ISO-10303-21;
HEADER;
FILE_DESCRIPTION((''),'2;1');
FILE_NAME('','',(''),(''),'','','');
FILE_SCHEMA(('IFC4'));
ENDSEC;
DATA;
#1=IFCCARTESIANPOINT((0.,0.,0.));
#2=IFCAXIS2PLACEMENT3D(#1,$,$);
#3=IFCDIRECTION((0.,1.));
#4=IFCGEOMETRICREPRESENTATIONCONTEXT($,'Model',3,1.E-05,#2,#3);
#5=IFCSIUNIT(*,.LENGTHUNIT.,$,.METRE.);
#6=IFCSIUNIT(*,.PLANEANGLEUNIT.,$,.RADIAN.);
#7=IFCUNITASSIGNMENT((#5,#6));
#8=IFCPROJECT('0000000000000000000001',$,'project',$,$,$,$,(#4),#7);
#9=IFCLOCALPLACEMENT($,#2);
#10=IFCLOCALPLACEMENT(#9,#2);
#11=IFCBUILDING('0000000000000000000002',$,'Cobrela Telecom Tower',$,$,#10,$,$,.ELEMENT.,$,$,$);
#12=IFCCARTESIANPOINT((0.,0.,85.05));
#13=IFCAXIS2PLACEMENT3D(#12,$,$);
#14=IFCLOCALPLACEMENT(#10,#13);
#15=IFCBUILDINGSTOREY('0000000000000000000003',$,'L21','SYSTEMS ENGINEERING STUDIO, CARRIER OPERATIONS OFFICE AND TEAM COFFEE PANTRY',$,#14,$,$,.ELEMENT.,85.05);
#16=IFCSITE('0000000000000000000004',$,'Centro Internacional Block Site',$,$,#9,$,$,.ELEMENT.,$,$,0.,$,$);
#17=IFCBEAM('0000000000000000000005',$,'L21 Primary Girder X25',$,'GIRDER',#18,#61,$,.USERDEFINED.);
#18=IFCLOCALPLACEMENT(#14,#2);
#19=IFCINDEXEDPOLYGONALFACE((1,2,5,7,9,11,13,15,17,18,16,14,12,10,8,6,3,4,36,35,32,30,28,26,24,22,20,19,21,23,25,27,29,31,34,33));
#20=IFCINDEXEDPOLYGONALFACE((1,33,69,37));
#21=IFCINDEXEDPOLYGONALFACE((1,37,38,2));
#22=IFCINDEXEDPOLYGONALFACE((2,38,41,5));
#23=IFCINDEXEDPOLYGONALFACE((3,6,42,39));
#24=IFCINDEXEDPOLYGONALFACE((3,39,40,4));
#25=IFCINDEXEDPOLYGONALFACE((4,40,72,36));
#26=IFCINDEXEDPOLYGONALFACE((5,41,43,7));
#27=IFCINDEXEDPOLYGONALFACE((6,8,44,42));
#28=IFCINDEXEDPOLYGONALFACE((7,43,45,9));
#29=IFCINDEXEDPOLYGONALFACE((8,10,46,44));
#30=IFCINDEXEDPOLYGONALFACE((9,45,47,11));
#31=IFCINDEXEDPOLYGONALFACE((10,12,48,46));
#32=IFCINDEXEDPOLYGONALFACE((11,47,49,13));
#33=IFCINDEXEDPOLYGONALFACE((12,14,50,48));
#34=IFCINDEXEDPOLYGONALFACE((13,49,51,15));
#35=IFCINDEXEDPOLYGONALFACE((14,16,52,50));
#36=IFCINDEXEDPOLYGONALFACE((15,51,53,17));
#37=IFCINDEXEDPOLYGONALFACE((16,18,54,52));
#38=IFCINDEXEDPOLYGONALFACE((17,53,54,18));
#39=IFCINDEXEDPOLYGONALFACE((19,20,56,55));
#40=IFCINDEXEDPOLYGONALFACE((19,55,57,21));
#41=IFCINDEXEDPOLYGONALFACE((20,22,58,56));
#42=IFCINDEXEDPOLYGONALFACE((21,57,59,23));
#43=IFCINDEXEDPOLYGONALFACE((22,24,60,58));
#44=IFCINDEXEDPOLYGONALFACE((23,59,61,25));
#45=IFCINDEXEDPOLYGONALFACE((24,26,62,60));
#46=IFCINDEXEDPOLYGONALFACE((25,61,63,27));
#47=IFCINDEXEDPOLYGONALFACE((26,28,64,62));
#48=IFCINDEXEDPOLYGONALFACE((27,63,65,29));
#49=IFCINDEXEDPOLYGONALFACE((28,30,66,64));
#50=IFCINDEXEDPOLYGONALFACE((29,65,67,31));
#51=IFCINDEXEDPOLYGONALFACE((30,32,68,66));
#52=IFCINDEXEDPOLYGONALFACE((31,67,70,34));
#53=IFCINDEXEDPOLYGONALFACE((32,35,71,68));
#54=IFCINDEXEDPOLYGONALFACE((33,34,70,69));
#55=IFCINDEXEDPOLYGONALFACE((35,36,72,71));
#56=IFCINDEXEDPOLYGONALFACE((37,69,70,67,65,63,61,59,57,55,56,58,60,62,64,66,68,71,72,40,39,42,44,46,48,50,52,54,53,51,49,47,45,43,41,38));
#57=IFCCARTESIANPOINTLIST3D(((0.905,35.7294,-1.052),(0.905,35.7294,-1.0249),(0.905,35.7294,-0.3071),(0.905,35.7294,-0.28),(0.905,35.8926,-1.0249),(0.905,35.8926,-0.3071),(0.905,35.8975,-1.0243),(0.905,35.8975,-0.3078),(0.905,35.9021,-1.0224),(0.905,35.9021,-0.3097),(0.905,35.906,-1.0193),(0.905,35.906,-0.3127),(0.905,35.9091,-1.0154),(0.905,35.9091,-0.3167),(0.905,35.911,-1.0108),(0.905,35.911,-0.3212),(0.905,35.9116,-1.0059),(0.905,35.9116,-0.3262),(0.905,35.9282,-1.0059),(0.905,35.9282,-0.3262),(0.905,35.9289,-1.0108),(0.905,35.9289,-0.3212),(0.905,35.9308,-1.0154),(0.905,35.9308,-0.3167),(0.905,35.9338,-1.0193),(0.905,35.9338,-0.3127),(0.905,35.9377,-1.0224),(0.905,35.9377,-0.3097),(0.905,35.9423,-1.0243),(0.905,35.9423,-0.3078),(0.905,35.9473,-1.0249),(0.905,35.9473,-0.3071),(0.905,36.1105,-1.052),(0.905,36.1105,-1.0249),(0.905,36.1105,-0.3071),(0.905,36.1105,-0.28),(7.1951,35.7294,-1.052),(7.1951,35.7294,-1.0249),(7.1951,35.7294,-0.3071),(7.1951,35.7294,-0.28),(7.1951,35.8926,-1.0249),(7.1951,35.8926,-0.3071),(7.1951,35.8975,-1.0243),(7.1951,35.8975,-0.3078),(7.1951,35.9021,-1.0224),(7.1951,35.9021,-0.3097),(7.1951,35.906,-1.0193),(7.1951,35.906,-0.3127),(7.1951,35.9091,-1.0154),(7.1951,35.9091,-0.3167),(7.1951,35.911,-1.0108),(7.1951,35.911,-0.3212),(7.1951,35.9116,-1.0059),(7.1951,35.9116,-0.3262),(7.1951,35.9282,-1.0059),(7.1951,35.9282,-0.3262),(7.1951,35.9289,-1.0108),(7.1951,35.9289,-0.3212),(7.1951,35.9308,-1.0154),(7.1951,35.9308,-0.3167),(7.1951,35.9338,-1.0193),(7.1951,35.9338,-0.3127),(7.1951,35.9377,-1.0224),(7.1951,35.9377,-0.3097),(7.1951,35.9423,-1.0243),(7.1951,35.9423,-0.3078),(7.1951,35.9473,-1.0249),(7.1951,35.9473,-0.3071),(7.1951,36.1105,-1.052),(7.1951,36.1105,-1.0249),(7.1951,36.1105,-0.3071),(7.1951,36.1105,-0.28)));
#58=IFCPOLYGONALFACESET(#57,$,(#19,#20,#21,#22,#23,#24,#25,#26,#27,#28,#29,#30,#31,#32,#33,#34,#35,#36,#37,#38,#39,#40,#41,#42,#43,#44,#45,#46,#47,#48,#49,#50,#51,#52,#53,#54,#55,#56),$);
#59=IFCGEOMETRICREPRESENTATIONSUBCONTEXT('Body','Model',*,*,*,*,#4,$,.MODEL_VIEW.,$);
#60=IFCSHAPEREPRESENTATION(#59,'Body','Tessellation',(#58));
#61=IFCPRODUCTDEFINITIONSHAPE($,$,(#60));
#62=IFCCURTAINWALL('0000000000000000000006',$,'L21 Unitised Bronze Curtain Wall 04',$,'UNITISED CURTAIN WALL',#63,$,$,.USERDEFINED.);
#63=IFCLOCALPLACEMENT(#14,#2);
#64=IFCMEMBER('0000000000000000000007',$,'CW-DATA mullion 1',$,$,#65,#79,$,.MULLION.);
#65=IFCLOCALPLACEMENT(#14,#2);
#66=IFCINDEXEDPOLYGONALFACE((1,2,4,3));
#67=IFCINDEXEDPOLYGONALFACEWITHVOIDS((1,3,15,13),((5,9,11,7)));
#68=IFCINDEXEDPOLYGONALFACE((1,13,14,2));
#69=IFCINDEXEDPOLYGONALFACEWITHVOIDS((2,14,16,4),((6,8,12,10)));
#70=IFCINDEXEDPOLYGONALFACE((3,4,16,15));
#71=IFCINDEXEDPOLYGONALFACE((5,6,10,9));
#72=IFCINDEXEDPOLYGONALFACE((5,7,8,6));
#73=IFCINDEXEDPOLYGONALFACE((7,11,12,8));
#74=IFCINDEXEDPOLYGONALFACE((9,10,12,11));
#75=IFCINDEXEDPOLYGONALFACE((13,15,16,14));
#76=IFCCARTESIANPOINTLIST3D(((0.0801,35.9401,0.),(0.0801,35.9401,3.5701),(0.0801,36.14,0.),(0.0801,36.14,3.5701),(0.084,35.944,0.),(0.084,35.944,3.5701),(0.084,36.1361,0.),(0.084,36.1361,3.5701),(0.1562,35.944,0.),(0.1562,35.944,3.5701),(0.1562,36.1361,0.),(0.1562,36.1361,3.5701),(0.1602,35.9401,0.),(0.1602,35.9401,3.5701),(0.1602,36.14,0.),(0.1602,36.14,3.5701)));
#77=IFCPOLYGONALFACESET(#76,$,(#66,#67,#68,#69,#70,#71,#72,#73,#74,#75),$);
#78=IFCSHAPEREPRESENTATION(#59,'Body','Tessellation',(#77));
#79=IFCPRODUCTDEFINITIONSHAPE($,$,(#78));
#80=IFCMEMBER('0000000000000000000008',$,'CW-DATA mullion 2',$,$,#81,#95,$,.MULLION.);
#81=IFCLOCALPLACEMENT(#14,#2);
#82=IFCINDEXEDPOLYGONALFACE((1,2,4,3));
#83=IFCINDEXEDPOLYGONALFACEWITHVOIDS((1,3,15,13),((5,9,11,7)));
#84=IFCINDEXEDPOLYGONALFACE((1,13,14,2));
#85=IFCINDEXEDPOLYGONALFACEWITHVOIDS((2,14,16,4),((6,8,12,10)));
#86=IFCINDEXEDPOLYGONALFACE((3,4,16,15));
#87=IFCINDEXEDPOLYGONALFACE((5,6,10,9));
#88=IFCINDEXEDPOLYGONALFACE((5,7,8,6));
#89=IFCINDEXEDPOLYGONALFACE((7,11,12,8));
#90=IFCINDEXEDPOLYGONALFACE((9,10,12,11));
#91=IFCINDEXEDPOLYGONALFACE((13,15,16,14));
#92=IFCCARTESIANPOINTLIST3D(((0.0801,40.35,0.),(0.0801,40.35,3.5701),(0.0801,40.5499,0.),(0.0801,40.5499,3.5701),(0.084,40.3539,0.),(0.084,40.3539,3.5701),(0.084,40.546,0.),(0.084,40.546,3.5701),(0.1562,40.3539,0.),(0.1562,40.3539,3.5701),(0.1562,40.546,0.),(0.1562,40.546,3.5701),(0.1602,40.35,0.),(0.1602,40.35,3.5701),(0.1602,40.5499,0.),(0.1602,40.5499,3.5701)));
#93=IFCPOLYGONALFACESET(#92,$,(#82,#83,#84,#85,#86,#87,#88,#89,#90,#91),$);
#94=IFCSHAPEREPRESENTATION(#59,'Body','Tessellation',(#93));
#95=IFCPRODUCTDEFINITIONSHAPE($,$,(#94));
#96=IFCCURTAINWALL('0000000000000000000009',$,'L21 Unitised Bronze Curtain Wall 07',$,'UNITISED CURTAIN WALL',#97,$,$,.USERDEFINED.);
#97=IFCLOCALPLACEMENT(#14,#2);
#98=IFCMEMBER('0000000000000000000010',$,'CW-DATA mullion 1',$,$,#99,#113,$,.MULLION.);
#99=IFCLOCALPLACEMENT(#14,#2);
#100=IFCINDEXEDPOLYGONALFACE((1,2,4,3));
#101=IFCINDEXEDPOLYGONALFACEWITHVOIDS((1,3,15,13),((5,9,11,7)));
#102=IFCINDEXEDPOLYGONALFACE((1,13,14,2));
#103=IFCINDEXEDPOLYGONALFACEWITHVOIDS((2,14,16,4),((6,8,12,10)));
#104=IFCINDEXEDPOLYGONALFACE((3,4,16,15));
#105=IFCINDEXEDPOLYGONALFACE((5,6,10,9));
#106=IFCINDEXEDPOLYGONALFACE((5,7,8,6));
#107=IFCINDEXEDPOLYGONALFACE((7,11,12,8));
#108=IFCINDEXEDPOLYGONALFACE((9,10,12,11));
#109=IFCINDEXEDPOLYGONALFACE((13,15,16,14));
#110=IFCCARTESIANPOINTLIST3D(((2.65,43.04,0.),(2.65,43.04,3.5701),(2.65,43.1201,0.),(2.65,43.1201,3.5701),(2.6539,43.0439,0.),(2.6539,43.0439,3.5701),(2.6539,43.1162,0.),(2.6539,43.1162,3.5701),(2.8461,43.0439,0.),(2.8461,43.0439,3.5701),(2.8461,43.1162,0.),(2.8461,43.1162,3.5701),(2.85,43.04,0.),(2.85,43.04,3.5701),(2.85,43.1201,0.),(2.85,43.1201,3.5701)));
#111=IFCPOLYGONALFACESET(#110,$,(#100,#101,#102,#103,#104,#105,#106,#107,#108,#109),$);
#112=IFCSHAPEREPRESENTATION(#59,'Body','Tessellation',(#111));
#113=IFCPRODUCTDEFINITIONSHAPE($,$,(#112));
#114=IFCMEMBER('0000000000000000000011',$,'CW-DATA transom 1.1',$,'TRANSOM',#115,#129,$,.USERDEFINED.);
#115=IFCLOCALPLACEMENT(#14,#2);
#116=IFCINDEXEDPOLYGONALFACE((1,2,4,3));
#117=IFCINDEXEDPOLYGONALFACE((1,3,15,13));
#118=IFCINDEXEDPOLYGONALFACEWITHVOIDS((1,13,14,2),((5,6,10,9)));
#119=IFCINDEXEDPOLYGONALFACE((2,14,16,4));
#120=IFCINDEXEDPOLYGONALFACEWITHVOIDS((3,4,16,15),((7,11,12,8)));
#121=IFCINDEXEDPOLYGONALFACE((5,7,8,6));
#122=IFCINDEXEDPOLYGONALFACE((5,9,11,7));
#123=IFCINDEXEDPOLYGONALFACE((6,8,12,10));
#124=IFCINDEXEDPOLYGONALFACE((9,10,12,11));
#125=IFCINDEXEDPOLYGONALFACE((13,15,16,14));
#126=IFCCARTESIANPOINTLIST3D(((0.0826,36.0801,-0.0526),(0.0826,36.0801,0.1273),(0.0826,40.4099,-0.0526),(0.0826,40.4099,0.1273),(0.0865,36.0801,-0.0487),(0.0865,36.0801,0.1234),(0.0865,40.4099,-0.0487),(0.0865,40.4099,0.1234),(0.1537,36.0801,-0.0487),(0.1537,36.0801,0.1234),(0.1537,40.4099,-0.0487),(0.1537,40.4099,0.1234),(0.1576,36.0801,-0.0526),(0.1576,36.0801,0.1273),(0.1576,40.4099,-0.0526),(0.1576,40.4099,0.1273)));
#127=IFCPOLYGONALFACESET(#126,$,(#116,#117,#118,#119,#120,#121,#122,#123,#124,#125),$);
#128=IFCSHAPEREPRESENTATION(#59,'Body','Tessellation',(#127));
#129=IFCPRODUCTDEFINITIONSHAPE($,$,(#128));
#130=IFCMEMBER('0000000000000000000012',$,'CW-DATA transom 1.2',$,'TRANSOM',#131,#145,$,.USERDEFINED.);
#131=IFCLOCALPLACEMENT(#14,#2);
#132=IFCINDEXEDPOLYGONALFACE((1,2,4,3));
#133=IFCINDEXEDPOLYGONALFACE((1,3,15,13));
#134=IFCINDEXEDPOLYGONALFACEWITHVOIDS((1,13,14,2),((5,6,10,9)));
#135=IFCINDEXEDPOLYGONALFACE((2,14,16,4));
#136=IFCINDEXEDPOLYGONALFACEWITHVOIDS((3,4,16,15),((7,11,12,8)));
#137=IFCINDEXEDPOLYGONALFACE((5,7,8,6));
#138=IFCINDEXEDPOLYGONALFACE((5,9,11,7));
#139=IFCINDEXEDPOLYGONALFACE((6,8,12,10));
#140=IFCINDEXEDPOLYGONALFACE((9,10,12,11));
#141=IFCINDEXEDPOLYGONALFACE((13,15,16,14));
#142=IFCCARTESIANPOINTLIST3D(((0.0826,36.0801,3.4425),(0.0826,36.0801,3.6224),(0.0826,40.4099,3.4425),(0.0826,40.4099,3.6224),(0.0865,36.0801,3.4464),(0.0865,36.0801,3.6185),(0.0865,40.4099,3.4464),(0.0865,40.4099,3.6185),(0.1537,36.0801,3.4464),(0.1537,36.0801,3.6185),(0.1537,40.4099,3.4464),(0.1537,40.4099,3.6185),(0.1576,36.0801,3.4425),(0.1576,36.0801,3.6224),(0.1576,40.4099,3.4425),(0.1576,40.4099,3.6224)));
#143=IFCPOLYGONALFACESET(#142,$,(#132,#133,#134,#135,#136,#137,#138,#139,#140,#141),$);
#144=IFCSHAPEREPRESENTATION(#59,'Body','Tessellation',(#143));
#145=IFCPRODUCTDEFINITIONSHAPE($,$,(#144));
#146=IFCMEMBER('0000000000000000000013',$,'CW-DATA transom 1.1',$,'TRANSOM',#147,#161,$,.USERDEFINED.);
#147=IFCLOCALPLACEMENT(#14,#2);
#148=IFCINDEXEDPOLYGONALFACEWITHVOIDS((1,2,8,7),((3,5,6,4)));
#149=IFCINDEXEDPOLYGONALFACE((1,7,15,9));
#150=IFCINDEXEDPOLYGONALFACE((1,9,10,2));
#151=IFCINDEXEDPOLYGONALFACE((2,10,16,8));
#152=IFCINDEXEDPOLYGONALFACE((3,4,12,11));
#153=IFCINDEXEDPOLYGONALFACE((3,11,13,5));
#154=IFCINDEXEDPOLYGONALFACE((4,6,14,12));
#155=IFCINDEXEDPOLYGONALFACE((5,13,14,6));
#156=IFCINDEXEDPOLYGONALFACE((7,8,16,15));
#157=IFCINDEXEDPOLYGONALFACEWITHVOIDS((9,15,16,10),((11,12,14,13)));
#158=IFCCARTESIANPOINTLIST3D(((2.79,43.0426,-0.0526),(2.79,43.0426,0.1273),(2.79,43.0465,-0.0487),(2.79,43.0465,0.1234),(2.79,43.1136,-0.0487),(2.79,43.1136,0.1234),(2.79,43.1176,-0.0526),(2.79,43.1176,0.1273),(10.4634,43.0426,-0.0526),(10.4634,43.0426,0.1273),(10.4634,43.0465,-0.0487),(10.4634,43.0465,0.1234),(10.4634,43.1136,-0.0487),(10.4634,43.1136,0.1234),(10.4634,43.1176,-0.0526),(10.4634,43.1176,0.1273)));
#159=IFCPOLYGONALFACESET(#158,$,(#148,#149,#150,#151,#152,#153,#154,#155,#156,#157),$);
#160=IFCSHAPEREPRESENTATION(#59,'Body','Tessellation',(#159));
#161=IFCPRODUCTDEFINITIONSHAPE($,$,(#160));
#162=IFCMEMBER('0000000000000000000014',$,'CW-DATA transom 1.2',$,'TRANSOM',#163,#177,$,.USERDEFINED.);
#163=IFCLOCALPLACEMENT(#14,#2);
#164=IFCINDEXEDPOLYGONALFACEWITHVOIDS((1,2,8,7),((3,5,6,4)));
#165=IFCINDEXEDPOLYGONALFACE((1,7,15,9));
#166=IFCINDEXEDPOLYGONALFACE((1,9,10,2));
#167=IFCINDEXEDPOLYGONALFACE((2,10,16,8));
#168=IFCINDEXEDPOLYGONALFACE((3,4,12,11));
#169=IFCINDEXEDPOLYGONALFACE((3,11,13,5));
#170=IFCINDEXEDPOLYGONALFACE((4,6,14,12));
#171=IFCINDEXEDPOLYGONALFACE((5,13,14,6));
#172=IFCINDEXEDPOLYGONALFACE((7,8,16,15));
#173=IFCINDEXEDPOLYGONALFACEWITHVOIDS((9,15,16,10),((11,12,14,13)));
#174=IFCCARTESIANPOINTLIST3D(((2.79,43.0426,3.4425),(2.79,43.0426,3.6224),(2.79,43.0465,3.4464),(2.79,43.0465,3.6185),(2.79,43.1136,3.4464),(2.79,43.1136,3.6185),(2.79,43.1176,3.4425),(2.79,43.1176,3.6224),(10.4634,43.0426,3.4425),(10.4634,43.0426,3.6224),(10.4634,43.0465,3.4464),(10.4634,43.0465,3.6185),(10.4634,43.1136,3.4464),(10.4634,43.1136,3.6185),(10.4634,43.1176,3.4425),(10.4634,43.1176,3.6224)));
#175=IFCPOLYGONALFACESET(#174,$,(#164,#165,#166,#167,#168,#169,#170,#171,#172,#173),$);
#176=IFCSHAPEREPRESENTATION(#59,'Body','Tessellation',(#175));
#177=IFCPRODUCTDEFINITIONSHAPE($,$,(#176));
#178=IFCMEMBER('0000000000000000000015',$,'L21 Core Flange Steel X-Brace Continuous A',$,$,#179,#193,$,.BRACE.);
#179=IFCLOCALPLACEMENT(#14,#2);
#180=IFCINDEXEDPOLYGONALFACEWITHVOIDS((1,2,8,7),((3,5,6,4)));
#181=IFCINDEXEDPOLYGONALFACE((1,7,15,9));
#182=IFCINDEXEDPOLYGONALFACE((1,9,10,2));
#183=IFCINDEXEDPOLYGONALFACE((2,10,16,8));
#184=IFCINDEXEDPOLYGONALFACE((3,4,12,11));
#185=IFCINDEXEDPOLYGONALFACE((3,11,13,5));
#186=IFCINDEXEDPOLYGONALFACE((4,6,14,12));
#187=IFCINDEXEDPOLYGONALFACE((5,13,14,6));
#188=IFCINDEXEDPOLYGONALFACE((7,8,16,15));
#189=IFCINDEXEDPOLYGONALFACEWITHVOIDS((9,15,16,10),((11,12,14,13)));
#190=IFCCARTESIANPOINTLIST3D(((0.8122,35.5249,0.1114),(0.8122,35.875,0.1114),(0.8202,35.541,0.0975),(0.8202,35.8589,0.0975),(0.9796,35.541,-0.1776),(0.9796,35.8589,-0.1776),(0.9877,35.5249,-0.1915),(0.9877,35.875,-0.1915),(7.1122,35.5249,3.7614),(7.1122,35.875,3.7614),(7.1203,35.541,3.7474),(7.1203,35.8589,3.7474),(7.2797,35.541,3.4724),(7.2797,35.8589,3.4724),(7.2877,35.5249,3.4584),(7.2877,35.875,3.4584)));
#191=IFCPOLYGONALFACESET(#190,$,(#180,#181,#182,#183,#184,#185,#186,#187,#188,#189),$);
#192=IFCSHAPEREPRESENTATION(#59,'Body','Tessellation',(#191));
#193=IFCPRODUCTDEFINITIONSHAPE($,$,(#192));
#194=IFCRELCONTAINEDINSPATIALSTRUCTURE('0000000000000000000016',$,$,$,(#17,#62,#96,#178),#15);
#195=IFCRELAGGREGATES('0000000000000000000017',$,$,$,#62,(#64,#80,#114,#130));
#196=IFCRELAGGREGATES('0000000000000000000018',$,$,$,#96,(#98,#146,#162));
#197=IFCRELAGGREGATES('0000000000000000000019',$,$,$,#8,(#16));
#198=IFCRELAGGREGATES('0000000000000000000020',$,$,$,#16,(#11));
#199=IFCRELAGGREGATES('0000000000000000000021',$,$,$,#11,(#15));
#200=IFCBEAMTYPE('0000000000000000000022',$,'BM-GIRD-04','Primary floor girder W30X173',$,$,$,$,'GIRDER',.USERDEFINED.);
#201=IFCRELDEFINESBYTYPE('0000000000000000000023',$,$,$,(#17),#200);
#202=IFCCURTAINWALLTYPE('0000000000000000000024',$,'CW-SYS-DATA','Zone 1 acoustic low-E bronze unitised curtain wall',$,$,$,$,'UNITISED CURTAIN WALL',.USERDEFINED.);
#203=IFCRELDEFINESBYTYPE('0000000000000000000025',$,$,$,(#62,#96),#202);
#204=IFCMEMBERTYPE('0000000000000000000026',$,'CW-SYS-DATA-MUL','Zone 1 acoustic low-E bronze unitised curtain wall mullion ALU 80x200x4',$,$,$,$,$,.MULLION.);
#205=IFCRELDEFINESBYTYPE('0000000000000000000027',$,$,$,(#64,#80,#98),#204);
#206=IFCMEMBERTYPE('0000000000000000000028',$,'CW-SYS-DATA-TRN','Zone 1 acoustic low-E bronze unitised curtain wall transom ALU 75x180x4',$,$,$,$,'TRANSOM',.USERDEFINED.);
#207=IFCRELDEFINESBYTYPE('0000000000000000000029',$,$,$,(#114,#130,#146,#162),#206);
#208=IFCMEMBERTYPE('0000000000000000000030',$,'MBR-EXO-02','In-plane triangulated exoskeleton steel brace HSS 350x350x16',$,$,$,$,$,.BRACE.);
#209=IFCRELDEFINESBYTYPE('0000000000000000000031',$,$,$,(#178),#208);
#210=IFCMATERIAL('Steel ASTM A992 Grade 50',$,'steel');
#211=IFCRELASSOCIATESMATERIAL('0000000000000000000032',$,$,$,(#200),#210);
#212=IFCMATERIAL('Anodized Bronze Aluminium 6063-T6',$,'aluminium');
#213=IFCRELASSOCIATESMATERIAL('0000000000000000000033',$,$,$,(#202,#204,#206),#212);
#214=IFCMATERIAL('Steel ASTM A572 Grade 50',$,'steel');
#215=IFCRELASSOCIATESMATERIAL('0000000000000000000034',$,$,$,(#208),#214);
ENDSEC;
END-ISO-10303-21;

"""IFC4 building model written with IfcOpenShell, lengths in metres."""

from ifc_helpers import new_model, si_unit, direction, frame, origin, origin_2d, place, context, subcontext, project, spatial, hollow_rectangle, i_section, extrude, material, material_profile, profile_set, type_object, element, aggregate, save


model = new_model("IFC4")

# Units and contexts
model_context = context("Model", 3, precision=1e-05, world=origin(), true_north=direction((0.0, 1.0)))
body_context = subcontext(model_context, "Body", "Model", "MODEL_VIEW")
ifc_project = project(units=[si_unit("LENGTHUNIT", "METRE"), si_unit("PLANEANGLEUNIT", "RADIAN")], contexts=[model_context])

# Site, building, storey
site_placement = place(None, origin())
site = spatial("IfcSite", under=ifc_project, at=site_placement, Name="Centro Internacional Block Site", CompositionType="ELEMENT", RefElevation=0.0)
building_placement = place(site_placement, origin())
building = spatial("IfcBuilding", under=site, at=building_placement, Name="Cobrela Telecom Tower", CompositionType="ELEMENT")
storey_placement = place(building_placement, frame((0.0, 0.0, 85.05)))
storey = spatial("IfcBuildingStorey", under=building, at=storey_placement, Name="L21", Description="SYSTEMS ENGINEERING STUDIO, CARRIER OPERATIONS OFFICE AND TEAM COFFEE PANTRY", CompositionType="ELEMENT", Elevation=85.05)

# Beam
ifc_material_1 = material(Name="Steel ASTM A992 Grade 50", Category="steel")
ifc_material_profile_1 = material_profile(ifc_material_1, i_section(OverallWidth=0.3811, OverallDepth=0.772, WebThickness=0.0166, FlangeThickness=0.0271, FilletRadius=0.019, at=origin_2d()), Name="W30X173")
ifc_profile_set_1 = profile_set([ifc_material_profile_1], Name="Steel ASTM A992 Grade 50")
beam_type = type_object("IfcBeamType", Name="BM-GIRD-04", Description="Primary floor girder W30X173", ElementType="GIRDER", PredefinedType="USERDEFINED", material=ifc_profile_set_1)
beam_placement = place(storey_placement, frame((0.905, 35.9199, -0.666), z_axis=(1.0, 0.0, 0.0), x_axis=(0.0, 1.0, 0.0)))
element("IfcBeam", 1, at=beam_placement, inside=storey, type_object=beam_type, Name="L21 Primary Girder X25", ObjectType="GIRDER", PredefinedType="USERDEFINED", context=body_context, shape_type="SweptSolid", body=[
    extrude(i_section(OverallWidth=0.3811, OverallDepth=0.772, WebThickness=0.0166, FlangeThickness=0.0271, FilletRadius=0.019, at=origin_2d()), origin(), (0.0, 0.0, 1.0), 6.29),
])

# Curtain wall, members
ifc_material_2 = material(Name="Anodized Bronze Aluminium 6063-T6", Category="aluminium")
curtain_wall_type = type_object("IfcCurtainWallType", Name="CW-SYS-DATA", Description="Zone 1 acoustic low-E bronze unitised curtain wall", ElementType="UNITISED CURTAIN WALL", PredefinedType="USERDEFINED", material=ifc_material_2)
curtain_wall_1_placement = place(storey_placement, origin())
curtain_wall_1 = element("IfcCurtainWall", 2, at=curtain_wall_1_placement, inside=storey, type_object=curtain_wall_type, Name="L21 Unitised Bronze Curtain Wall 04", ObjectType="UNITISED CURTAIN WALL", PredefinedType="USERDEFINED")
ifc_material_profile_2 = material_profile(ifc_material_2, hollow_rectangle(XDim=0.0801, YDim=0.2, WallThickness=0.0039, at=origin_2d()), Name="ALU 80x200x4")
ifc_profile_set_2 = profile_set([ifc_material_profile_2], Name="Anodized Bronze Aluminium 6063-T6")
member_type_1 = type_object("IfcMemberType", Name="CW-SYS-DATA-MUL", Description="Zone 1 acoustic low-E bronze unitised curtain wall mullion ALU 80x200x4", PredefinedType="MULLION", material=ifc_profile_set_2)
member_1_placement = place(storey_placement, frame((0.1201, 36.04, 0.0), z_axis=(0.0, 0.0, 1.0), x_axis=(-1.0, 0.0, 0.0)))
member_1 = element("IfcMember", 3, at=member_1_placement, type_object=member_type_1, Name="CW-DATA mullion 1", PredefinedType="MULLION", context=body_context, shape_type="SweptSolid", body=[
    extrude(hollow_rectangle(XDim=0.0801, YDim=0.2, WallThickness=0.0039, at=origin_2d()), origin(), (0.0, 0.0, 1.0), 3.5701),
])
member_2_placement = place(storey_placement, frame((0.1201, 40.45, 0.0), z_axis=(0.0, 0.0, 1.0), x_axis=(-1.0, 0.0, 0.0)))
member_2 = element("IfcMember", 4, at=member_2_placement, type_object=member_type_1, Name="CW-DATA mullion 2", PredefinedType="MULLION", context=body_context, shape_type="SweptSolid", body=[
    extrude(hollow_rectangle(XDim=0.0801, YDim=0.2, WallThickness=0.0039, at=origin_2d()), origin(), (0.0, 0.0, 1.0), 3.5701),
])

# Curtain wall, member
curtain_wall_2_placement = place(storey_placement, origin())
curtain_wall_2 = element("IfcCurtainWall", 5, at=curtain_wall_2_placement, inside=storey, type_object=curtain_wall_type, Name="L21 Unitised Bronze Curtain Wall 07", ObjectType="UNITISED CURTAIN WALL", PredefinedType="USERDEFINED")
member_3_placement = place(storey_placement, frame((2.75, 43.0801, 0.0), z_axis=(0.0, 0.0, 1.0), x_axis=(0.0, 1.0, 0.0)))
member_3 = element("IfcMember", 6, at=member_3_placement, type_object=member_type_1, Name="CW-DATA mullion 1", PredefinedType="MULLION", context=body_context, shape_type="SweptSolid", body=[
    extrude(hollow_rectangle(XDim=0.0801, YDim=0.2, WallThickness=0.0039, at=origin_2d()), origin(), (0.0, 0.0, 1.0), 3.5701),
])

# Members
ifc_material_profile_3 = material_profile(ifc_material_2, hollow_rectangle(XDim=0.075, YDim=0.1799, WallThickness=0.0039, at=origin_2d()), Name="ALU 75x180x4")
ifc_profile_set_3 = profile_set([ifc_material_profile_3], Name="Anodized Bronze Aluminium 6063-T6")
member_type_2 = type_object("IfcMemberType", Name="CW-SYS-DATA-TRN", Description="Zone 1 acoustic low-E bronze unitised curtain wall transom ALU 75x180x4", ElementType="TRANSOM", PredefinedType="USERDEFINED", material=ifc_profile_set_3)
member_4_placement = place(storey_placement, frame((0.1201, 36.0801, 0.0374), z_axis=(0.0, 1.0, 0.0), x_axis=(-1.0, 0.0, 0.0)))
member_4 = element("IfcMember", 7, at=member_4_placement, type_object=member_type_2, Name="CW-DATA transom 1.1", ObjectType="TRANSOM", PredefinedType="USERDEFINED", context=body_context, shape_type="SweptSolid", body=[
    extrude(hollow_rectangle(XDim=0.075, YDim=0.1799, WallThickness=0.0039, at=origin_2d()), origin(), (0.0, 0.0, 1.0), 4.3298),
])
member_5_placement = place(storey_placement, frame((0.1201, 36.0801, 3.5325), z_axis=(0.0, 1.0, 0.0), x_axis=(-1.0, 0.0, 0.0)))
member_5 = element("IfcMember", 8, at=member_5_placement, type_object=member_type_2, Name="CW-DATA transom 1.2", ObjectType="TRANSOM", PredefinedType="USERDEFINED", context=body_context, shape_type="SweptSolid", body=[
    extrude(hollow_rectangle(XDim=0.075, YDim=0.1799, WallThickness=0.0039, at=origin_2d()), origin(), (0.0, 0.0, 1.0), 4.3298),
])
member_6_placement = place(storey_placement, frame((2.79, 43.0801, 0.0374), z_axis=(1.0, 0.0, 0.0), x_axis=(0.0, 1.0, 0.0)))
member_6 = element("IfcMember", 9, at=member_6_placement, type_object=member_type_2, Name="CW-DATA transom 1.1", ObjectType="TRANSOM", PredefinedType="USERDEFINED", context=body_context, shape_type="SweptSolid", body=[
    extrude(hollow_rectangle(XDim=0.075, YDim=0.1799, WallThickness=0.0039, at=origin_2d()), origin(), (0.0, 0.0, 1.0), 7.6733),
])
member_7_placement = place(storey_placement, frame((2.79, 43.0801, 3.5325), z_axis=(1.0, 0.0, 0.0), x_axis=(0.0, 1.0, 0.0)))
member_7 = element("IfcMember", 10, at=member_7_placement, type_object=member_type_2, Name="CW-DATA transom 1.2", ObjectType="TRANSOM", PredefinedType="USERDEFINED", context=body_context, shape_type="SweptSolid", body=[
    extrude(hollow_rectangle(XDim=0.075, YDim=0.1799, WallThickness=0.0039, at=origin_2d()), origin(), (0.0, 0.0, 1.0), 7.6733),
])

# Member
ifc_material_3 = material(Name="Steel ASTM A572 Grade 50", Category="steel")
ifc_material_profile_4 = material_profile(ifc_material_3, hollow_rectangle(XDim=0.3501, YDim=0.3501, WallThickness=0.0161, at=origin_2d()), Name="HSS 350x350x16")
ifc_profile_set_4 = profile_set([ifc_material_profile_4], Name="Steel ASTM A572 Grade 50")
member_type_3 = type_object("IfcMemberType", Name="MBR-EXO-02", Description="In-plane triangulated exoskeleton steel brace HSS 350x350x16", PredefinedType="BRACE", material=ifc_profile_set_4)
member_8_placement = place(storey_placement, frame((0.8999, 35.7, -0.04), z_axis=(0.865277, 0.0, 0.501294), x_axis=(0.0, 1.0, 0.0)))
element("IfcMember", 11, at=member_8_placement, inside=storey, type_object=member_type_3, Name="L21 Core Flange Steel X-Brace Continuous A", PredefinedType="BRACE", context=body_context, shape_type="SweptSolid", body=[
    extrude(hollow_rectangle(XDim=0.3501, YDim=0.3501, WallThickness=0.0161, at=origin_2d()), origin(), (0.0, 0.0, 1.0), 7.281),
])

aggregate(curtain_wall_1, [member_1, member_2, member_4, member_5])
aggregate(curtain_wall_2, [member_3, member_6, member_7])

save(model, "model.ifc")
